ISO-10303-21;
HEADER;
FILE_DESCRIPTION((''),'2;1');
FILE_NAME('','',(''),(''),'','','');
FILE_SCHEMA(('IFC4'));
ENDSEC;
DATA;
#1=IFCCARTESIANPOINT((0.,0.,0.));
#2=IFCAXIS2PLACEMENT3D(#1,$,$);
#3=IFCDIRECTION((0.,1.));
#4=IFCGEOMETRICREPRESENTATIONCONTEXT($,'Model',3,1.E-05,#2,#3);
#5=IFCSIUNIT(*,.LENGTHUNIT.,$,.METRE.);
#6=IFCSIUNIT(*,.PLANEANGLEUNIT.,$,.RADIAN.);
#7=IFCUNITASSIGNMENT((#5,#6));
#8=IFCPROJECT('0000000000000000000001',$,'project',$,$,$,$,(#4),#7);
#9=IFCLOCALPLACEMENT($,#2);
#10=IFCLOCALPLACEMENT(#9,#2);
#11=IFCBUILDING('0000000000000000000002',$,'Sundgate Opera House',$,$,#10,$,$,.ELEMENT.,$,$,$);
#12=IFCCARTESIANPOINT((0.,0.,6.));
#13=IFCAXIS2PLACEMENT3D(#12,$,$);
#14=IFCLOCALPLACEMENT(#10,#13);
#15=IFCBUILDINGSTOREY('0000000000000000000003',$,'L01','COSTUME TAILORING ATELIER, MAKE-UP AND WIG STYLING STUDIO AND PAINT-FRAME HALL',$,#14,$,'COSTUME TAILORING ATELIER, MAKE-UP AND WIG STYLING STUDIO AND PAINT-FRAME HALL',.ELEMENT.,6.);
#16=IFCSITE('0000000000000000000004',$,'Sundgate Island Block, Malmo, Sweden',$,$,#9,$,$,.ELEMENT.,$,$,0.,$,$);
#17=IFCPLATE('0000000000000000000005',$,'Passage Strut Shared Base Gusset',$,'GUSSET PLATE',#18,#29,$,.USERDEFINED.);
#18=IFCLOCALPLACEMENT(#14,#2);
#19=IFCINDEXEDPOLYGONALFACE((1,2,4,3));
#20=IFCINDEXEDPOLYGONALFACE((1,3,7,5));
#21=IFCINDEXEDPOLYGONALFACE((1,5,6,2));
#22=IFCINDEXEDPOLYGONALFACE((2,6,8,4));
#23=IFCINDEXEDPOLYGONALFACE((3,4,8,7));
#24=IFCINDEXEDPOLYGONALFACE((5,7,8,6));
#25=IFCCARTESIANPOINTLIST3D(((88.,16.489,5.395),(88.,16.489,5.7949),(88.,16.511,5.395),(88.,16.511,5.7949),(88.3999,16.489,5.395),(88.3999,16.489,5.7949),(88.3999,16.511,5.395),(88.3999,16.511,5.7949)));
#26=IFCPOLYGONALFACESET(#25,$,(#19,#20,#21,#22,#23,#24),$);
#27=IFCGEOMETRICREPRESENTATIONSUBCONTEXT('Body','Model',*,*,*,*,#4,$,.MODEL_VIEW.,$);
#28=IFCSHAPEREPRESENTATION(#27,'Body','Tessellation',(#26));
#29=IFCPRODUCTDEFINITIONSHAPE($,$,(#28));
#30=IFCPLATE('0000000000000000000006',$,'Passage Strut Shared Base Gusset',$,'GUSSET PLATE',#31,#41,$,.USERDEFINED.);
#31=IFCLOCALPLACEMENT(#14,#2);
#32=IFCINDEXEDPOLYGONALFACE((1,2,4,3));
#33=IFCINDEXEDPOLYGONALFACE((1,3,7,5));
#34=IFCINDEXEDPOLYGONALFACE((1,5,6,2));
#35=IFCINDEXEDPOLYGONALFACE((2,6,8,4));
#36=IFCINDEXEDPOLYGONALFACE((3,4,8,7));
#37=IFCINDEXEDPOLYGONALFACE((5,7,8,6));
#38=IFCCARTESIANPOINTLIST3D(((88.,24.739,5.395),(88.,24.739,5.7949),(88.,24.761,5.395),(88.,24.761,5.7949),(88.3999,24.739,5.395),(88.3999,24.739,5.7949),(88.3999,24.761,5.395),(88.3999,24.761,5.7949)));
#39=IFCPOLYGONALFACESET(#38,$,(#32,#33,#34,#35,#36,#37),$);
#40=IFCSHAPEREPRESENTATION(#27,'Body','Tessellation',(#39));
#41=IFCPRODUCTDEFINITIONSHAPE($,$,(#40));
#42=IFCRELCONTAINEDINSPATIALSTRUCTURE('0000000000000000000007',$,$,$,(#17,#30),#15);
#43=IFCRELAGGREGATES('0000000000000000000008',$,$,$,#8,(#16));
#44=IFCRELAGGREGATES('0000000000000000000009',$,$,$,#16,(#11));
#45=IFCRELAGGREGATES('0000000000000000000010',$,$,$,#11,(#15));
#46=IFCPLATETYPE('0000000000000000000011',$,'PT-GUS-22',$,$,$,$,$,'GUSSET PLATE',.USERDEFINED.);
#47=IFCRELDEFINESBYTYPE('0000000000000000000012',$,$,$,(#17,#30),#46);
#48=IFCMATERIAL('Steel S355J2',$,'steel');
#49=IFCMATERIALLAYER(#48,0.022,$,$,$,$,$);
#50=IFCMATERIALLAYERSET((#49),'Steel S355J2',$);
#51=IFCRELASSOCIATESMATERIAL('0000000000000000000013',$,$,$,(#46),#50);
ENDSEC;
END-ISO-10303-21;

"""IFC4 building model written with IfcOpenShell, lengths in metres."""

from ifc_helpers import new_model, si_unit, direction, frame, origin, origin_2d, place, context, subcontext, project, spatial, rectangle, extrude, material, layer, layer_set, type_object, element, save


model = new_model("IFC4")

# Units and contexts
model_context = context("Model", 3, precision=1e-05, world=origin(), true_north=direction((0.0, 1.0)))
body_context = subcontext(model_context, "Body", "Model", "MODEL_VIEW")
ifc_project = project(units=[si_unit("LENGTHUNIT", "METRE"), si_unit("PLANEANGLEUNIT", "RADIAN")], contexts=[model_context])

# Site, building, storey
site_placement = place(None, origin())
site = spatial("IfcSite", under=ifc_project, at=site_placement, Name="Sundgate Island Block, Malmo, Sweden", CompositionType="ELEMENT", RefElevation=0.0)
building_placement = place(site_placement, origin())
building = spatial("IfcBuilding", under=site, at=building_placement, Name="Sundgate Opera House", CompositionType="ELEMENT")
storey_placement = place(building_placement, frame((0.0, 0.0, 6.0)))
storey = spatial("IfcBuildingStorey", under=building, at=storey_placement, Name="L01", Description="COSTUME TAILORING ATELIER, MAKE-UP AND WIG STYLING STUDIO AND PAINT-FRAME HALL", LongName="COSTUME TAILORING ATELIER, MAKE-UP AND WIG STYLING STUDIO AND PAINT-FRAME HALL", CompositionType="ELEMENT", Elevation=6.0)

# Plates
ifc_material_1 = material(Name="Steel S355J2", Category="steel")
ifc_layer_1 = layer(ifc_material_1, 0.022)
ifc_layer_set_1 = layer_set([ifc_layer_1], Name="Steel S355J2")
plate_type_1 = type_object("IfcPlateType", Name="PT-GUS-22", ElementType="GUSSET PLATE", PredefinedType="USERDEFINED", material=ifc_layer_set_1)
for number, where, z_axis, x_axis, name in (
    (1, (88.2, 16.5, 5.395), (0.0, 0.0, 1.0), (1.0, 0.0, 0.0), "Passage Strut Shared Base Gusset"),
    (2, (88.2, 24.75, 5.395), (0.0, 0.0, 1.0), (1.0, 0.0, 0.0), "Passage Strut Shared Base Gusset"),
):
    element("IfcPlate", number, at=place(storey_placement, frame(where, z_axis=z_axis, x_axis=x_axis)), inside=storey, type_object=plate_type_1, Name=name, ObjectType="GUSSET PLATE", PredefinedType="USERDEFINED", context=body_context, shape_type="SweptSolid", body=[
        extrude(rectangle(XDim=0.3999, YDim=0.022, at=origin_2d()), origin(), (0.0, 0.0, 1.0), 0.3999),
    ])

save(model, "model.ifc")
